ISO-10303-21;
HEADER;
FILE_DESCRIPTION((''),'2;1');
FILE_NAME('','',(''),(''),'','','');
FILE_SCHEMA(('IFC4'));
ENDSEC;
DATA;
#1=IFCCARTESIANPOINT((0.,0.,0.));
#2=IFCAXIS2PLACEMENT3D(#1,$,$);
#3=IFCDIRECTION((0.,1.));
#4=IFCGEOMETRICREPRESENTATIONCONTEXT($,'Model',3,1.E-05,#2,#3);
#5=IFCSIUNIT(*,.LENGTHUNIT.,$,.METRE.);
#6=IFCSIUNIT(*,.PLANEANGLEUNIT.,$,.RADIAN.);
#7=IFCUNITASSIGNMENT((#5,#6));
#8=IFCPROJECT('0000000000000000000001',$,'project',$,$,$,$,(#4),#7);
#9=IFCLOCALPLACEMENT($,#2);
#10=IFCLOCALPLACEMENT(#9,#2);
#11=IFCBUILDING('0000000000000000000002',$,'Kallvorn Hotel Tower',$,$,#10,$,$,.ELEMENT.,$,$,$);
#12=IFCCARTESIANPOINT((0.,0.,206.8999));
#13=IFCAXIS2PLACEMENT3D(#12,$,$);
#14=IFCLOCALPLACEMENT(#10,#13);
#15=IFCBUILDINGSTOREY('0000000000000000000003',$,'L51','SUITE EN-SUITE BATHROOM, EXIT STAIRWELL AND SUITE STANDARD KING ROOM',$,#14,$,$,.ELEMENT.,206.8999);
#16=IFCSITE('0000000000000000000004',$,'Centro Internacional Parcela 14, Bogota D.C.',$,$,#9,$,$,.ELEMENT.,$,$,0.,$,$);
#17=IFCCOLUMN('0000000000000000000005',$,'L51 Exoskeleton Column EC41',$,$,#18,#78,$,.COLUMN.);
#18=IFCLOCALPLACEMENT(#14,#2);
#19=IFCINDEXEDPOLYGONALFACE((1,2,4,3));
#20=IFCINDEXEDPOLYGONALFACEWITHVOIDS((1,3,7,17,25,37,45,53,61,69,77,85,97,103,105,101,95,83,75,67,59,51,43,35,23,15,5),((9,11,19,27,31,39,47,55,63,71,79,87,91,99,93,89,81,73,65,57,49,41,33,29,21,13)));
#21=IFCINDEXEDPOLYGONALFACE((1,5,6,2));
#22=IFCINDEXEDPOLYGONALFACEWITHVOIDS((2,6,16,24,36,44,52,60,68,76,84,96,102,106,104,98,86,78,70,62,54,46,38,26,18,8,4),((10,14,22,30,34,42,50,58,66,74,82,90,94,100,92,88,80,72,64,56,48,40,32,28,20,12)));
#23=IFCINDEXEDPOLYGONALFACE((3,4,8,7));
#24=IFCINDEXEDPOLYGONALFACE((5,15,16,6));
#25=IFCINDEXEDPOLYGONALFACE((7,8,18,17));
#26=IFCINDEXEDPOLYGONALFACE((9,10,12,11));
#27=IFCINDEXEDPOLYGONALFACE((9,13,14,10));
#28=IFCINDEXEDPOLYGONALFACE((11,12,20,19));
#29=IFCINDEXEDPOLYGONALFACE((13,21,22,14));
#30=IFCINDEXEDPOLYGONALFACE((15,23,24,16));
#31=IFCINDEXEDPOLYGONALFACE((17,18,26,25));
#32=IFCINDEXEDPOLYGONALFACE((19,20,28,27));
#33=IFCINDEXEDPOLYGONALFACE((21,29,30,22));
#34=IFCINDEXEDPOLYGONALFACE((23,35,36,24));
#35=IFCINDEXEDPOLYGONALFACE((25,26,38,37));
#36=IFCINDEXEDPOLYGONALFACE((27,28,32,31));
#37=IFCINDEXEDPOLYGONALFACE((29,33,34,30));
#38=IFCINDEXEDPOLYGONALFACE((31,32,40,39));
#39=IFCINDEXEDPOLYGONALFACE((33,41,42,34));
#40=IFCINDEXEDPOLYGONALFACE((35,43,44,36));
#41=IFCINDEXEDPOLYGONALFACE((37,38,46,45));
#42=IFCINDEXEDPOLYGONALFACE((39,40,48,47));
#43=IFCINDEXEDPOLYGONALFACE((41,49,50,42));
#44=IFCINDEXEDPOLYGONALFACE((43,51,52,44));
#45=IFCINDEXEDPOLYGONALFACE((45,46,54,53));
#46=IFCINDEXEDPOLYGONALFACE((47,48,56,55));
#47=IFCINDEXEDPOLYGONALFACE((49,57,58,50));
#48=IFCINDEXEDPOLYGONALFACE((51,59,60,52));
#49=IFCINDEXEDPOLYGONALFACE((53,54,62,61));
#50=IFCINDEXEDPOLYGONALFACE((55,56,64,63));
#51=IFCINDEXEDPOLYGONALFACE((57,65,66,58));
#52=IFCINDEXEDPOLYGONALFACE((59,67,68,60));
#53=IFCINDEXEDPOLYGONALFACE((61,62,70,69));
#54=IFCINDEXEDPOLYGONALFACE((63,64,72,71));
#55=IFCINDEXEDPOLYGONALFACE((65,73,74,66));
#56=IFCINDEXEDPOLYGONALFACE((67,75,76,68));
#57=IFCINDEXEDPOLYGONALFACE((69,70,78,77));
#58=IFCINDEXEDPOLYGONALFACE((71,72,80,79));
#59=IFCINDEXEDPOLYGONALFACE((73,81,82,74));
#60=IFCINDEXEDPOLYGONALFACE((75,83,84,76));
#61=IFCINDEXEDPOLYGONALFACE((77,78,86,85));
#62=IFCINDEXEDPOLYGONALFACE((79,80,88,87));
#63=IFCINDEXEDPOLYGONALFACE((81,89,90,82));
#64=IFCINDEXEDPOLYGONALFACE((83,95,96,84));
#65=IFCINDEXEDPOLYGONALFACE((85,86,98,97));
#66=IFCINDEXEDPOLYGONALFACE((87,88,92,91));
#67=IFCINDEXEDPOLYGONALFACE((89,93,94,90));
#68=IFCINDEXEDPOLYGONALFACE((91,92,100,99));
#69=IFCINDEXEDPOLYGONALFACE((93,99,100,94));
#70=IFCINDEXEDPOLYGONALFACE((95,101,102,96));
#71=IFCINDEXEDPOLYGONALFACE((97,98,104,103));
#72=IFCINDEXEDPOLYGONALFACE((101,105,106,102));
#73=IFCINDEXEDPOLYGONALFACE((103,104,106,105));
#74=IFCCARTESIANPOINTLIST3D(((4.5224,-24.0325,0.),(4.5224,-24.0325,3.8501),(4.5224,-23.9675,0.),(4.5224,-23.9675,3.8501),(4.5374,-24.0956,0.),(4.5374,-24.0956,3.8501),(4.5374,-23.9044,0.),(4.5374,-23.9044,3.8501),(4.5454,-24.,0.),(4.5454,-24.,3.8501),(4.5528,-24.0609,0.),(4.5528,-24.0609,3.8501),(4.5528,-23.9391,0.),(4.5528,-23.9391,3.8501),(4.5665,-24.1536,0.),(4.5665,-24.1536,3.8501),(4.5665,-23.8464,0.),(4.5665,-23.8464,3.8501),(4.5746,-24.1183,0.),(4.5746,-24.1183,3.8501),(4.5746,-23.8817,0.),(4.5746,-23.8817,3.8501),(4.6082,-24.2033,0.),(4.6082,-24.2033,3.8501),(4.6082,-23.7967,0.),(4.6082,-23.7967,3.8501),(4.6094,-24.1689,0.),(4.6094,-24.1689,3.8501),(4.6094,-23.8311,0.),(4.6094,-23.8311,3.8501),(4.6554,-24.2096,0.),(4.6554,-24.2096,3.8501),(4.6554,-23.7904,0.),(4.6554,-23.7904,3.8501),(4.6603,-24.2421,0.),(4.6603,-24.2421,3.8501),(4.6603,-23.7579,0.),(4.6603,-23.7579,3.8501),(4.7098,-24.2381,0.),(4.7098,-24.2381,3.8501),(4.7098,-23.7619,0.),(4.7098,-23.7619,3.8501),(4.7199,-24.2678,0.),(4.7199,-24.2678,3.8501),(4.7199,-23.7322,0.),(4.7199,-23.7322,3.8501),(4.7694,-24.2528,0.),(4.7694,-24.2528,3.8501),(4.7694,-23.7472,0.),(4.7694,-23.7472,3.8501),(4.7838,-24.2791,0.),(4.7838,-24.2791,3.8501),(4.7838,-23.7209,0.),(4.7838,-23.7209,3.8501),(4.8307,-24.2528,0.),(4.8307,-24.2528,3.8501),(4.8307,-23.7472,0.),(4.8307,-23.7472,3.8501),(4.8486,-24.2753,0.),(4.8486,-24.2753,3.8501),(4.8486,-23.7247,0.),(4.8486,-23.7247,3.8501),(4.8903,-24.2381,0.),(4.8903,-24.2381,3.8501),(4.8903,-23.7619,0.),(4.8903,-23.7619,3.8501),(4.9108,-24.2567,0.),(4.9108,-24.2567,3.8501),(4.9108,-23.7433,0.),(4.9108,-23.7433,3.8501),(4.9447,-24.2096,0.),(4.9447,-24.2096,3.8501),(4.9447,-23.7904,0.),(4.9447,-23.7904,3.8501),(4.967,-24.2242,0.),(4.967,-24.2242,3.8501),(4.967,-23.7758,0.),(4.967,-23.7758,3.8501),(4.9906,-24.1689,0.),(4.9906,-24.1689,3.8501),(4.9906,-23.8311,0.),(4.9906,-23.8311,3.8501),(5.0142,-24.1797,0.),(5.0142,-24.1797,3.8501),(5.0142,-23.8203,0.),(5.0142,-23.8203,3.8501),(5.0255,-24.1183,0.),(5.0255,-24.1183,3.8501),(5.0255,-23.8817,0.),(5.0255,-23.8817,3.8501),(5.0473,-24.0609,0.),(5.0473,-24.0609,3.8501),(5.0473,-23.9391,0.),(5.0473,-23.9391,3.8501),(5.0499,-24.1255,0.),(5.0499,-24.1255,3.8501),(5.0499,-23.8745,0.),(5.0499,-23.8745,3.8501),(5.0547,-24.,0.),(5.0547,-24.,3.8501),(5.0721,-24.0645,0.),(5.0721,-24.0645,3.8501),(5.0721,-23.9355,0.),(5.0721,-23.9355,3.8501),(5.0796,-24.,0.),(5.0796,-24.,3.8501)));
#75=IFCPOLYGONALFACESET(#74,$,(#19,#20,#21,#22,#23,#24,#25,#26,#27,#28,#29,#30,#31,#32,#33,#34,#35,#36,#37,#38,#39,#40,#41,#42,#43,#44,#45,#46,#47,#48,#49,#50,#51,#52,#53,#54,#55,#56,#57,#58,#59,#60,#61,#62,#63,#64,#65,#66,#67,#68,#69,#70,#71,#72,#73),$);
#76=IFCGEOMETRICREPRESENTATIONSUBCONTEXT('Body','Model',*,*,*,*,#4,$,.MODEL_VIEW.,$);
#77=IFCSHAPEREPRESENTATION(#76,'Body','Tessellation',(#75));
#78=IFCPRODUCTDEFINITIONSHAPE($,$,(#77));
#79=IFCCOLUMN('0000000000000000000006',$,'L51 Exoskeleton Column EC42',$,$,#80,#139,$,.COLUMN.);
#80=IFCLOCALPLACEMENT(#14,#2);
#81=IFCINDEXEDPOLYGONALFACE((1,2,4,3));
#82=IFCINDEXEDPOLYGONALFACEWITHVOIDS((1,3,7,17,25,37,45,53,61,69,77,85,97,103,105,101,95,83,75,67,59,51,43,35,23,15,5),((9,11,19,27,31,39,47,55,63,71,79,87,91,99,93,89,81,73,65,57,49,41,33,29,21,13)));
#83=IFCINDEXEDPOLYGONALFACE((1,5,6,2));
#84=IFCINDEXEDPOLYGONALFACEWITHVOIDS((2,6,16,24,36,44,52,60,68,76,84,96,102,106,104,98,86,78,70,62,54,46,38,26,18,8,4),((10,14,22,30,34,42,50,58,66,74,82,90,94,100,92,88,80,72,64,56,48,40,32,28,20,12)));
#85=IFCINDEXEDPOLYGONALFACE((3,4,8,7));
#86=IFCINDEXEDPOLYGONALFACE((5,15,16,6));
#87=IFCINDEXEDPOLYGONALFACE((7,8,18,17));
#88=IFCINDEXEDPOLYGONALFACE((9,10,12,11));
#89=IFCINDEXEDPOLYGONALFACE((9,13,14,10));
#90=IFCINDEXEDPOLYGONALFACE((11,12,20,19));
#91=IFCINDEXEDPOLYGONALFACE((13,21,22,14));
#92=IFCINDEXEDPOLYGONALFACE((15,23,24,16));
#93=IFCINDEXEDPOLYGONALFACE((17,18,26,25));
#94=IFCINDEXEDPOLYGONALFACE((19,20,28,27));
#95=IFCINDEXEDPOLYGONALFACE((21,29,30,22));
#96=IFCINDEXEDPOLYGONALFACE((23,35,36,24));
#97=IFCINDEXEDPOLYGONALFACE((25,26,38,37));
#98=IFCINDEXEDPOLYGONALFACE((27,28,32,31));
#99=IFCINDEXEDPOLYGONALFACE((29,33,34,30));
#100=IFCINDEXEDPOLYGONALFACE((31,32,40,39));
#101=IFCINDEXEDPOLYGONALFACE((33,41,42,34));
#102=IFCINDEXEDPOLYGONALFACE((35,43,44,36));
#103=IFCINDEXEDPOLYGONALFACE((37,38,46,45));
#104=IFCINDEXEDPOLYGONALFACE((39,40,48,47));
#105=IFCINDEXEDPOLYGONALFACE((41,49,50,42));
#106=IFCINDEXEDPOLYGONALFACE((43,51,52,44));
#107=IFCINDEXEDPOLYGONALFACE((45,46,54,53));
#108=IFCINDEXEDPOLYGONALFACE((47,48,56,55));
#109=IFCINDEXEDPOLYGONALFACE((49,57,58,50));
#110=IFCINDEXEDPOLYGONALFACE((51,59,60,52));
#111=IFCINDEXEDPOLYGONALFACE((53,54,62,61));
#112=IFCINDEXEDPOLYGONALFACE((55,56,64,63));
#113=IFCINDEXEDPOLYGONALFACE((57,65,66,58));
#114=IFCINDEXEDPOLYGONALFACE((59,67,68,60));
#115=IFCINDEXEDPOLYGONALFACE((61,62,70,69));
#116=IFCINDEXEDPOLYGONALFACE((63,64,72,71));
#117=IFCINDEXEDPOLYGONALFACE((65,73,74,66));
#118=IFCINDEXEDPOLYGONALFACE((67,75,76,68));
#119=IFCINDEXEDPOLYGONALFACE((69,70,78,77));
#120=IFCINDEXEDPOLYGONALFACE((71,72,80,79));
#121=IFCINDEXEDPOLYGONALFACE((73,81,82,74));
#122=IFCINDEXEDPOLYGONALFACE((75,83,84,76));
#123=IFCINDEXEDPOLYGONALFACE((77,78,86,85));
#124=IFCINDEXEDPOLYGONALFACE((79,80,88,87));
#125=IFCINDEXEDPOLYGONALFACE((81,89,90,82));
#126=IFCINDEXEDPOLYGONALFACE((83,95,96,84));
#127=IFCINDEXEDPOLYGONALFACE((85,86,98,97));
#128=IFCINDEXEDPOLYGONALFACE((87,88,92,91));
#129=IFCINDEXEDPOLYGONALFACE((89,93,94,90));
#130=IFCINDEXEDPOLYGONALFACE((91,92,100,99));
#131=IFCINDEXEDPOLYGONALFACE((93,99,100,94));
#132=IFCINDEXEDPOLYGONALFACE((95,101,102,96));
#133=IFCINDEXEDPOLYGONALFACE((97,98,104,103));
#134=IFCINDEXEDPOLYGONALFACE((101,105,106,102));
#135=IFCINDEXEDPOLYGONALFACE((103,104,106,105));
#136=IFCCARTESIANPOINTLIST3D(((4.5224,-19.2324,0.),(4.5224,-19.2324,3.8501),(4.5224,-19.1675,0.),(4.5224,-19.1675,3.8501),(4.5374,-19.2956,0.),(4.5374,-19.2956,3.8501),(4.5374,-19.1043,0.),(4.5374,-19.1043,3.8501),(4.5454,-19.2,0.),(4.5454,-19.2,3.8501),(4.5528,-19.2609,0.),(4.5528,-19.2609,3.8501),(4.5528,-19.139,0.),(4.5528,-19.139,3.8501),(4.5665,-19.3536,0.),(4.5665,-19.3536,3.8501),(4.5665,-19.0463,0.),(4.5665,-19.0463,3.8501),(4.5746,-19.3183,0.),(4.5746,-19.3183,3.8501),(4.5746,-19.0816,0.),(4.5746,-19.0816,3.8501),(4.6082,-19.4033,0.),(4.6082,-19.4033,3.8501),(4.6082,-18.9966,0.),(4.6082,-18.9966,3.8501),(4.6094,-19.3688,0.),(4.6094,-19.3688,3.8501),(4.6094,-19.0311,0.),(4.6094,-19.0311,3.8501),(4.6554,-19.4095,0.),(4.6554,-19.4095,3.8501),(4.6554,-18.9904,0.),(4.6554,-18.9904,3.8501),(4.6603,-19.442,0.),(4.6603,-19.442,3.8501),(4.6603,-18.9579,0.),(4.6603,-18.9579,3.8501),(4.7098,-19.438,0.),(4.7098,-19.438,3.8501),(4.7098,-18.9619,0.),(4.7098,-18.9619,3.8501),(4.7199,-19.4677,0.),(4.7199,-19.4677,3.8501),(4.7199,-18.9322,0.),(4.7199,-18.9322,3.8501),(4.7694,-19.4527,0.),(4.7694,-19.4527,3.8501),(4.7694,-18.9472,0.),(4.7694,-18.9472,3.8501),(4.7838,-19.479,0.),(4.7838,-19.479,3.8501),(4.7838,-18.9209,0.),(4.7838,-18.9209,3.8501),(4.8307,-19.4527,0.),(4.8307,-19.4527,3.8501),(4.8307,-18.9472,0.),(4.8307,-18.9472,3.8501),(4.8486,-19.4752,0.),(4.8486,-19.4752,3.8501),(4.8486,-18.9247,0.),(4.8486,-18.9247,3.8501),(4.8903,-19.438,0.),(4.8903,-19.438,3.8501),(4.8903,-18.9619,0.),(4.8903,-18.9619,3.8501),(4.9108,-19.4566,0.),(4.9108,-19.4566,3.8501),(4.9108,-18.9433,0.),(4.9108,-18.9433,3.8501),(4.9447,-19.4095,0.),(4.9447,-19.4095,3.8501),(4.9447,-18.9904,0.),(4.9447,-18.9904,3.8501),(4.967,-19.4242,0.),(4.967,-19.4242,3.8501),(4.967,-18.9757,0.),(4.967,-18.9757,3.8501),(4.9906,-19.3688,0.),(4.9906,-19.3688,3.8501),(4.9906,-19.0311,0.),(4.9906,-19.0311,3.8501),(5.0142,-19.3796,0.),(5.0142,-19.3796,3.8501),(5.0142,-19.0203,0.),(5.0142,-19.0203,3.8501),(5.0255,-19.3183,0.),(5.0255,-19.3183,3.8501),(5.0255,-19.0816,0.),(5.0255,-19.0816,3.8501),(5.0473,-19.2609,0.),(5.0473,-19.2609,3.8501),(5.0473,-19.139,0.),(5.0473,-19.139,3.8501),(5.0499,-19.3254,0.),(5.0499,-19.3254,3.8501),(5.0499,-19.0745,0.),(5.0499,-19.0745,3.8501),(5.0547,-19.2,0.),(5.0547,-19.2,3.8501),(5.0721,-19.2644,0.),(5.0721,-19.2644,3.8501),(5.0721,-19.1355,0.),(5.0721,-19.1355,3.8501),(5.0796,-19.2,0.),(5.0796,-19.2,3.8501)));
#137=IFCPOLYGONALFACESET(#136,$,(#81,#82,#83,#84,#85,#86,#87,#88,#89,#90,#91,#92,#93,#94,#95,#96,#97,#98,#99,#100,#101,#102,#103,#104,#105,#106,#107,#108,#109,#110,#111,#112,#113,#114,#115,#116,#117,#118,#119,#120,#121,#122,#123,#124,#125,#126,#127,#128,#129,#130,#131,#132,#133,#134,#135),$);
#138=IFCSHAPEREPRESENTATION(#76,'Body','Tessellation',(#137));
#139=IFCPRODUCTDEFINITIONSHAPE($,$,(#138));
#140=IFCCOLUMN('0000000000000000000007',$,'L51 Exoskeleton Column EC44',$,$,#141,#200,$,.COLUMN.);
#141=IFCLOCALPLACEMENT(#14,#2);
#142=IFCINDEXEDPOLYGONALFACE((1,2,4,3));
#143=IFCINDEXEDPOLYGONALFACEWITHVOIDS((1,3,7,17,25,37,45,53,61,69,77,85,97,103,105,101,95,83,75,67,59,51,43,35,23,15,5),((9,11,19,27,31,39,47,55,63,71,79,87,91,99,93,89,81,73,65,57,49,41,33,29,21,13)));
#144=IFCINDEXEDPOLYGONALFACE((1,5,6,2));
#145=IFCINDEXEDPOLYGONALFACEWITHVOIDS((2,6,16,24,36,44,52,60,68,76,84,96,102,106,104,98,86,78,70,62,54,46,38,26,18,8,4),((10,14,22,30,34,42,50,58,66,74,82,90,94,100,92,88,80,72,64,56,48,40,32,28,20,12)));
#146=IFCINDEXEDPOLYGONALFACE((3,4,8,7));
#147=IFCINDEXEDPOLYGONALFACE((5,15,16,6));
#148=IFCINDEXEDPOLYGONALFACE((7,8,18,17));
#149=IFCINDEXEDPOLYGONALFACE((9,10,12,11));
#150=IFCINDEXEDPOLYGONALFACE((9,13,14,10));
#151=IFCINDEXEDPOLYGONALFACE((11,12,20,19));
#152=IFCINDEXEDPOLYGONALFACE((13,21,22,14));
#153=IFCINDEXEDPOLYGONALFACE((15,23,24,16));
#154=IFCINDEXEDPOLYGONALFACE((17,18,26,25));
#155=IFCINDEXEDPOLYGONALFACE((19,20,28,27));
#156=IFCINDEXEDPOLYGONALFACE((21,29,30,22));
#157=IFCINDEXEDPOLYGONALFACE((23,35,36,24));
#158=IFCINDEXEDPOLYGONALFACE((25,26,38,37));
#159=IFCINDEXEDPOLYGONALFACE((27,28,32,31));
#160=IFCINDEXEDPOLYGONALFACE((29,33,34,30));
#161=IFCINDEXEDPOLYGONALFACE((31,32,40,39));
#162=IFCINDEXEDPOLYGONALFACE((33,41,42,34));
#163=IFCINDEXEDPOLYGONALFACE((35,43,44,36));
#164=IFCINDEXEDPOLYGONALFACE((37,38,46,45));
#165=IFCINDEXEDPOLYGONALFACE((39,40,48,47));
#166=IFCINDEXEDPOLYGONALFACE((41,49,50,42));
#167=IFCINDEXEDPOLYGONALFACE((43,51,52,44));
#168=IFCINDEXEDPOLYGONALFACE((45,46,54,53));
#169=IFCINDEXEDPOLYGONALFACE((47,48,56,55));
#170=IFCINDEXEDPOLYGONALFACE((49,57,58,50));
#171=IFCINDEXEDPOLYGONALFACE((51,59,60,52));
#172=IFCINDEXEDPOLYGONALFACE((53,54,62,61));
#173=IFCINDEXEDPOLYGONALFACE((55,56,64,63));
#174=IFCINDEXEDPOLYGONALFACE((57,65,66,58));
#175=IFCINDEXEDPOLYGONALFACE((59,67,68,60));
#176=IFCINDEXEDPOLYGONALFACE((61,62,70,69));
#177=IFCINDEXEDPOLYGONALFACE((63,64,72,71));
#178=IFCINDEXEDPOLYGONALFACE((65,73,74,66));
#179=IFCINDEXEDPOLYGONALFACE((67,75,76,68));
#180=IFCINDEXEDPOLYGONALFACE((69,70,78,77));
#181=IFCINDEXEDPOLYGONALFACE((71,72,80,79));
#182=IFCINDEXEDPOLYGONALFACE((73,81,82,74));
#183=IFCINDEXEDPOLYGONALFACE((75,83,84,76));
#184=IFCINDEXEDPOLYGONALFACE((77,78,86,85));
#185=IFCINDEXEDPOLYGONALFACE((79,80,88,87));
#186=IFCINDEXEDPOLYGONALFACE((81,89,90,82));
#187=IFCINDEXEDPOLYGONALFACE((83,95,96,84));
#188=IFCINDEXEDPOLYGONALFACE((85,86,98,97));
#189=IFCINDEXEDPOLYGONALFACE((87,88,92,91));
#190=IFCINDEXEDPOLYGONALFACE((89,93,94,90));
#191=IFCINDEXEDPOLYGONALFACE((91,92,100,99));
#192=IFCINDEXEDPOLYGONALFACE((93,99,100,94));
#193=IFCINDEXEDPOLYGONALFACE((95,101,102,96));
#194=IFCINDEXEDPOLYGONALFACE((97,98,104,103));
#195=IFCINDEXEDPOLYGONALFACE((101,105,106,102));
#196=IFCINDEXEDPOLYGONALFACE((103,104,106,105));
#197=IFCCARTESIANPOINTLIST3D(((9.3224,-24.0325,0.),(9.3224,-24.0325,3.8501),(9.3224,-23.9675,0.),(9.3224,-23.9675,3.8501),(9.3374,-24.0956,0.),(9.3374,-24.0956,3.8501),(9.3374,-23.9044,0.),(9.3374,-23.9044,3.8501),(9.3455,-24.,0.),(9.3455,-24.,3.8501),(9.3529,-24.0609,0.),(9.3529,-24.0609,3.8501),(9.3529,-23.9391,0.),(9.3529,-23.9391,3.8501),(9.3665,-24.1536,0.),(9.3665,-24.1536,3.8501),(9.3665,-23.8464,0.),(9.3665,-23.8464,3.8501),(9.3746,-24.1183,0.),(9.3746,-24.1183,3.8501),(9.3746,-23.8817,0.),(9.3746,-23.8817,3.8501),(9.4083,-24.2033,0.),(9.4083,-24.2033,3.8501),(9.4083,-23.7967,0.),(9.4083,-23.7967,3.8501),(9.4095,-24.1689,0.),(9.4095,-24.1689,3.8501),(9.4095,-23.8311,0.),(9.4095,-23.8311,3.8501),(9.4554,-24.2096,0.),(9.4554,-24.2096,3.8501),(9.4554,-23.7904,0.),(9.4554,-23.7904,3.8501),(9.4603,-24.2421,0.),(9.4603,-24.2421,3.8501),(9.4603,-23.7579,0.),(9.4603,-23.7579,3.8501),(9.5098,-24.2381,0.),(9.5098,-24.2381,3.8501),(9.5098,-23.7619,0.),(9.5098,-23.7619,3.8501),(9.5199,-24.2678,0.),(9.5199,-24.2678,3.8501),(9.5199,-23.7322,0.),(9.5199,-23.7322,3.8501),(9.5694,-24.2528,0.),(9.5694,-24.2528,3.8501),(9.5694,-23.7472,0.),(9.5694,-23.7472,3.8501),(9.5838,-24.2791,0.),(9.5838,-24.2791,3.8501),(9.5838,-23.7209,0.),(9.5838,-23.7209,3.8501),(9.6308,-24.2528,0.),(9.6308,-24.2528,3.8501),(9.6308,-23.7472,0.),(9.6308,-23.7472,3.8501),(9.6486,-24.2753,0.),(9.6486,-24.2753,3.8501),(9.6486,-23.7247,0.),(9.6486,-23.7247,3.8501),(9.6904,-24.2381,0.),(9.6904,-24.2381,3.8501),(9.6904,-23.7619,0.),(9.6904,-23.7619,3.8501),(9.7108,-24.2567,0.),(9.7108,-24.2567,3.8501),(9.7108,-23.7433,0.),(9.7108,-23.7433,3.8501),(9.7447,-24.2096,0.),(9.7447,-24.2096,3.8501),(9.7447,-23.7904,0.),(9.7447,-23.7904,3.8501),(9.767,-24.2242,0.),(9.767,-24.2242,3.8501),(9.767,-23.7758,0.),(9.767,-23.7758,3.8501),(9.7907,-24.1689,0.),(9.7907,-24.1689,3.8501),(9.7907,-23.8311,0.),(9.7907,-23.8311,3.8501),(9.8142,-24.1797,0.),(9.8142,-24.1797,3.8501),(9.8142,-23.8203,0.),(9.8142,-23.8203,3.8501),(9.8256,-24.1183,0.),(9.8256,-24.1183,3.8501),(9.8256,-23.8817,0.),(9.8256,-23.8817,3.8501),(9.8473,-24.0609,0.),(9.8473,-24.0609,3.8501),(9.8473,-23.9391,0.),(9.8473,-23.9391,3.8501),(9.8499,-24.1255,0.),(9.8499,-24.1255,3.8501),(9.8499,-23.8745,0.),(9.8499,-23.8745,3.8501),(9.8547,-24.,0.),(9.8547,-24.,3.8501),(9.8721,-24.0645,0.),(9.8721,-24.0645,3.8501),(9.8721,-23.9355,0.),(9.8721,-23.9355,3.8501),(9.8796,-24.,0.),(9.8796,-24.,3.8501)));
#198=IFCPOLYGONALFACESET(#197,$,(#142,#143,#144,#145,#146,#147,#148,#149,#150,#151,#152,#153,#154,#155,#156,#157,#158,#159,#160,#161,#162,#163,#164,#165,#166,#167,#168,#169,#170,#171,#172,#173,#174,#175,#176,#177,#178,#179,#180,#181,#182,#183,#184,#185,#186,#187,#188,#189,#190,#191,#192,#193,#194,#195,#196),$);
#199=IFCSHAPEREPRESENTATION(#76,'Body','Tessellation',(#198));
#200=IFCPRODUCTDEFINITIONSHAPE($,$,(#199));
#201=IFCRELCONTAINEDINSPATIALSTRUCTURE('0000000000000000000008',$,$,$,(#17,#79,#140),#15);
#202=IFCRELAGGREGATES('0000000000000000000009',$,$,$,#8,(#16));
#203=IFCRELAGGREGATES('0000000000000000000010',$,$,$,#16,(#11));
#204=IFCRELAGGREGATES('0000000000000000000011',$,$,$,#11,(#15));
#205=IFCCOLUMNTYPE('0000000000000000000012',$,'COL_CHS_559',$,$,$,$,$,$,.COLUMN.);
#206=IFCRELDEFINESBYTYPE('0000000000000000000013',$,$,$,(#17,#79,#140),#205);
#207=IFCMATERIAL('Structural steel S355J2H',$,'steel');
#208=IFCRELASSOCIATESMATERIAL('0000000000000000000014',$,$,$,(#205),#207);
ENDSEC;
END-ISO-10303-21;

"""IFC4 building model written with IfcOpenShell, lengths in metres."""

from ifc_helpers import new_model, si_unit, direction, frame, origin, origin_2d, place, context, subcontext, project, spatial, hollow_circle, extrude, material, material_profile, profile_set, type_object, element, save


model = new_model("IFC4")

# Units and contexts
model_context = context("Model", 3, precision=1e-05, world=origin(), true_north=direction((0.0, 1.0)))
body_context = subcontext(model_context, "Body", "Model", "MODEL_VIEW")
ifc_project = project(units=[si_unit("LENGTHUNIT", "METRE"), si_unit("PLANEANGLEUNIT", "RADIAN")], contexts=[model_context])

# Site, building, storey
site_placement = place(None, origin())
site = spatial("IfcSite", under=ifc_project, at=site_placement, Name="Centro Internacional Parcela 14, Bogota D.C.", CompositionType="ELEMENT", RefElevation=0.0)
building_placement = place(site_placement, origin())
building = spatial("IfcBuilding", under=site, at=building_placement, Name="Kallvorn Hotel Tower", CompositionType="ELEMENT")
storey_placement = place(building_placement, frame((0.0, 0.0, 206.8999)))
storey = spatial("IfcBuildingStorey", under=building, at=storey_placement, Name="L51", Description="SUITE EN-SUITE BATHROOM, EXIT STAIRWELL AND SUITE STANDARD KING ROOM", CompositionType="ELEMENT", Elevation=206.8999)

# Columns
ifc_material_1 = material(Name="Structural steel S355J2H", Category="steel")
ifc_material_profile_1 = material_profile(ifc_material_1, hollow_circle(Radius=0.2795, WallThickness=0.0249, at=origin_2d()), Name="CHS 559x25")
ifc_profile_set_1 = profile_set([ifc_material_profile_1], Name="Structural steel S355J2H")
column_type_1 = type_object("IfcColumnType", Name="COL_CHS_559", PredefinedType="COLUMN", material=ifc_profile_set_1)
for number, where, z_axis, x_axis, name in (
    (1, (4.8, -24.0, 0.0), (0.0, 0.0, 1.0), (1.0, 0.0, 0.0), "L51 Exoskeleton Column EC41"),
    (2, (4.8, -19.2, 0.0), (0.0, 0.0, 1.0), (1.0, 0.0, 0.0), "L51 Exoskeleton Column EC42"),
    (3, (9.6001, -24.0, 0.0), (0.0, 0.0, 1.0), (1.0, 0.0, 0.0), "L51 Exoskeleton Column EC44"),
):
    element("IfcColumn", number, at=place(storey_placement, frame(where, z_axis=z_axis, x_axis=x_axis)), inside=storey, type_object=column_type_1, Name=name, PredefinedType="COLUMN", context=body_context, shape_type="SweptSolid", body=[
        extrude(hollow_circle(Radius=0.2795, WallThickness=0.0249, at=origin_2d()), origin(), (0.0, 0.0, 1.0), 3.8501),
    ])

save(model, "model.ifc")
